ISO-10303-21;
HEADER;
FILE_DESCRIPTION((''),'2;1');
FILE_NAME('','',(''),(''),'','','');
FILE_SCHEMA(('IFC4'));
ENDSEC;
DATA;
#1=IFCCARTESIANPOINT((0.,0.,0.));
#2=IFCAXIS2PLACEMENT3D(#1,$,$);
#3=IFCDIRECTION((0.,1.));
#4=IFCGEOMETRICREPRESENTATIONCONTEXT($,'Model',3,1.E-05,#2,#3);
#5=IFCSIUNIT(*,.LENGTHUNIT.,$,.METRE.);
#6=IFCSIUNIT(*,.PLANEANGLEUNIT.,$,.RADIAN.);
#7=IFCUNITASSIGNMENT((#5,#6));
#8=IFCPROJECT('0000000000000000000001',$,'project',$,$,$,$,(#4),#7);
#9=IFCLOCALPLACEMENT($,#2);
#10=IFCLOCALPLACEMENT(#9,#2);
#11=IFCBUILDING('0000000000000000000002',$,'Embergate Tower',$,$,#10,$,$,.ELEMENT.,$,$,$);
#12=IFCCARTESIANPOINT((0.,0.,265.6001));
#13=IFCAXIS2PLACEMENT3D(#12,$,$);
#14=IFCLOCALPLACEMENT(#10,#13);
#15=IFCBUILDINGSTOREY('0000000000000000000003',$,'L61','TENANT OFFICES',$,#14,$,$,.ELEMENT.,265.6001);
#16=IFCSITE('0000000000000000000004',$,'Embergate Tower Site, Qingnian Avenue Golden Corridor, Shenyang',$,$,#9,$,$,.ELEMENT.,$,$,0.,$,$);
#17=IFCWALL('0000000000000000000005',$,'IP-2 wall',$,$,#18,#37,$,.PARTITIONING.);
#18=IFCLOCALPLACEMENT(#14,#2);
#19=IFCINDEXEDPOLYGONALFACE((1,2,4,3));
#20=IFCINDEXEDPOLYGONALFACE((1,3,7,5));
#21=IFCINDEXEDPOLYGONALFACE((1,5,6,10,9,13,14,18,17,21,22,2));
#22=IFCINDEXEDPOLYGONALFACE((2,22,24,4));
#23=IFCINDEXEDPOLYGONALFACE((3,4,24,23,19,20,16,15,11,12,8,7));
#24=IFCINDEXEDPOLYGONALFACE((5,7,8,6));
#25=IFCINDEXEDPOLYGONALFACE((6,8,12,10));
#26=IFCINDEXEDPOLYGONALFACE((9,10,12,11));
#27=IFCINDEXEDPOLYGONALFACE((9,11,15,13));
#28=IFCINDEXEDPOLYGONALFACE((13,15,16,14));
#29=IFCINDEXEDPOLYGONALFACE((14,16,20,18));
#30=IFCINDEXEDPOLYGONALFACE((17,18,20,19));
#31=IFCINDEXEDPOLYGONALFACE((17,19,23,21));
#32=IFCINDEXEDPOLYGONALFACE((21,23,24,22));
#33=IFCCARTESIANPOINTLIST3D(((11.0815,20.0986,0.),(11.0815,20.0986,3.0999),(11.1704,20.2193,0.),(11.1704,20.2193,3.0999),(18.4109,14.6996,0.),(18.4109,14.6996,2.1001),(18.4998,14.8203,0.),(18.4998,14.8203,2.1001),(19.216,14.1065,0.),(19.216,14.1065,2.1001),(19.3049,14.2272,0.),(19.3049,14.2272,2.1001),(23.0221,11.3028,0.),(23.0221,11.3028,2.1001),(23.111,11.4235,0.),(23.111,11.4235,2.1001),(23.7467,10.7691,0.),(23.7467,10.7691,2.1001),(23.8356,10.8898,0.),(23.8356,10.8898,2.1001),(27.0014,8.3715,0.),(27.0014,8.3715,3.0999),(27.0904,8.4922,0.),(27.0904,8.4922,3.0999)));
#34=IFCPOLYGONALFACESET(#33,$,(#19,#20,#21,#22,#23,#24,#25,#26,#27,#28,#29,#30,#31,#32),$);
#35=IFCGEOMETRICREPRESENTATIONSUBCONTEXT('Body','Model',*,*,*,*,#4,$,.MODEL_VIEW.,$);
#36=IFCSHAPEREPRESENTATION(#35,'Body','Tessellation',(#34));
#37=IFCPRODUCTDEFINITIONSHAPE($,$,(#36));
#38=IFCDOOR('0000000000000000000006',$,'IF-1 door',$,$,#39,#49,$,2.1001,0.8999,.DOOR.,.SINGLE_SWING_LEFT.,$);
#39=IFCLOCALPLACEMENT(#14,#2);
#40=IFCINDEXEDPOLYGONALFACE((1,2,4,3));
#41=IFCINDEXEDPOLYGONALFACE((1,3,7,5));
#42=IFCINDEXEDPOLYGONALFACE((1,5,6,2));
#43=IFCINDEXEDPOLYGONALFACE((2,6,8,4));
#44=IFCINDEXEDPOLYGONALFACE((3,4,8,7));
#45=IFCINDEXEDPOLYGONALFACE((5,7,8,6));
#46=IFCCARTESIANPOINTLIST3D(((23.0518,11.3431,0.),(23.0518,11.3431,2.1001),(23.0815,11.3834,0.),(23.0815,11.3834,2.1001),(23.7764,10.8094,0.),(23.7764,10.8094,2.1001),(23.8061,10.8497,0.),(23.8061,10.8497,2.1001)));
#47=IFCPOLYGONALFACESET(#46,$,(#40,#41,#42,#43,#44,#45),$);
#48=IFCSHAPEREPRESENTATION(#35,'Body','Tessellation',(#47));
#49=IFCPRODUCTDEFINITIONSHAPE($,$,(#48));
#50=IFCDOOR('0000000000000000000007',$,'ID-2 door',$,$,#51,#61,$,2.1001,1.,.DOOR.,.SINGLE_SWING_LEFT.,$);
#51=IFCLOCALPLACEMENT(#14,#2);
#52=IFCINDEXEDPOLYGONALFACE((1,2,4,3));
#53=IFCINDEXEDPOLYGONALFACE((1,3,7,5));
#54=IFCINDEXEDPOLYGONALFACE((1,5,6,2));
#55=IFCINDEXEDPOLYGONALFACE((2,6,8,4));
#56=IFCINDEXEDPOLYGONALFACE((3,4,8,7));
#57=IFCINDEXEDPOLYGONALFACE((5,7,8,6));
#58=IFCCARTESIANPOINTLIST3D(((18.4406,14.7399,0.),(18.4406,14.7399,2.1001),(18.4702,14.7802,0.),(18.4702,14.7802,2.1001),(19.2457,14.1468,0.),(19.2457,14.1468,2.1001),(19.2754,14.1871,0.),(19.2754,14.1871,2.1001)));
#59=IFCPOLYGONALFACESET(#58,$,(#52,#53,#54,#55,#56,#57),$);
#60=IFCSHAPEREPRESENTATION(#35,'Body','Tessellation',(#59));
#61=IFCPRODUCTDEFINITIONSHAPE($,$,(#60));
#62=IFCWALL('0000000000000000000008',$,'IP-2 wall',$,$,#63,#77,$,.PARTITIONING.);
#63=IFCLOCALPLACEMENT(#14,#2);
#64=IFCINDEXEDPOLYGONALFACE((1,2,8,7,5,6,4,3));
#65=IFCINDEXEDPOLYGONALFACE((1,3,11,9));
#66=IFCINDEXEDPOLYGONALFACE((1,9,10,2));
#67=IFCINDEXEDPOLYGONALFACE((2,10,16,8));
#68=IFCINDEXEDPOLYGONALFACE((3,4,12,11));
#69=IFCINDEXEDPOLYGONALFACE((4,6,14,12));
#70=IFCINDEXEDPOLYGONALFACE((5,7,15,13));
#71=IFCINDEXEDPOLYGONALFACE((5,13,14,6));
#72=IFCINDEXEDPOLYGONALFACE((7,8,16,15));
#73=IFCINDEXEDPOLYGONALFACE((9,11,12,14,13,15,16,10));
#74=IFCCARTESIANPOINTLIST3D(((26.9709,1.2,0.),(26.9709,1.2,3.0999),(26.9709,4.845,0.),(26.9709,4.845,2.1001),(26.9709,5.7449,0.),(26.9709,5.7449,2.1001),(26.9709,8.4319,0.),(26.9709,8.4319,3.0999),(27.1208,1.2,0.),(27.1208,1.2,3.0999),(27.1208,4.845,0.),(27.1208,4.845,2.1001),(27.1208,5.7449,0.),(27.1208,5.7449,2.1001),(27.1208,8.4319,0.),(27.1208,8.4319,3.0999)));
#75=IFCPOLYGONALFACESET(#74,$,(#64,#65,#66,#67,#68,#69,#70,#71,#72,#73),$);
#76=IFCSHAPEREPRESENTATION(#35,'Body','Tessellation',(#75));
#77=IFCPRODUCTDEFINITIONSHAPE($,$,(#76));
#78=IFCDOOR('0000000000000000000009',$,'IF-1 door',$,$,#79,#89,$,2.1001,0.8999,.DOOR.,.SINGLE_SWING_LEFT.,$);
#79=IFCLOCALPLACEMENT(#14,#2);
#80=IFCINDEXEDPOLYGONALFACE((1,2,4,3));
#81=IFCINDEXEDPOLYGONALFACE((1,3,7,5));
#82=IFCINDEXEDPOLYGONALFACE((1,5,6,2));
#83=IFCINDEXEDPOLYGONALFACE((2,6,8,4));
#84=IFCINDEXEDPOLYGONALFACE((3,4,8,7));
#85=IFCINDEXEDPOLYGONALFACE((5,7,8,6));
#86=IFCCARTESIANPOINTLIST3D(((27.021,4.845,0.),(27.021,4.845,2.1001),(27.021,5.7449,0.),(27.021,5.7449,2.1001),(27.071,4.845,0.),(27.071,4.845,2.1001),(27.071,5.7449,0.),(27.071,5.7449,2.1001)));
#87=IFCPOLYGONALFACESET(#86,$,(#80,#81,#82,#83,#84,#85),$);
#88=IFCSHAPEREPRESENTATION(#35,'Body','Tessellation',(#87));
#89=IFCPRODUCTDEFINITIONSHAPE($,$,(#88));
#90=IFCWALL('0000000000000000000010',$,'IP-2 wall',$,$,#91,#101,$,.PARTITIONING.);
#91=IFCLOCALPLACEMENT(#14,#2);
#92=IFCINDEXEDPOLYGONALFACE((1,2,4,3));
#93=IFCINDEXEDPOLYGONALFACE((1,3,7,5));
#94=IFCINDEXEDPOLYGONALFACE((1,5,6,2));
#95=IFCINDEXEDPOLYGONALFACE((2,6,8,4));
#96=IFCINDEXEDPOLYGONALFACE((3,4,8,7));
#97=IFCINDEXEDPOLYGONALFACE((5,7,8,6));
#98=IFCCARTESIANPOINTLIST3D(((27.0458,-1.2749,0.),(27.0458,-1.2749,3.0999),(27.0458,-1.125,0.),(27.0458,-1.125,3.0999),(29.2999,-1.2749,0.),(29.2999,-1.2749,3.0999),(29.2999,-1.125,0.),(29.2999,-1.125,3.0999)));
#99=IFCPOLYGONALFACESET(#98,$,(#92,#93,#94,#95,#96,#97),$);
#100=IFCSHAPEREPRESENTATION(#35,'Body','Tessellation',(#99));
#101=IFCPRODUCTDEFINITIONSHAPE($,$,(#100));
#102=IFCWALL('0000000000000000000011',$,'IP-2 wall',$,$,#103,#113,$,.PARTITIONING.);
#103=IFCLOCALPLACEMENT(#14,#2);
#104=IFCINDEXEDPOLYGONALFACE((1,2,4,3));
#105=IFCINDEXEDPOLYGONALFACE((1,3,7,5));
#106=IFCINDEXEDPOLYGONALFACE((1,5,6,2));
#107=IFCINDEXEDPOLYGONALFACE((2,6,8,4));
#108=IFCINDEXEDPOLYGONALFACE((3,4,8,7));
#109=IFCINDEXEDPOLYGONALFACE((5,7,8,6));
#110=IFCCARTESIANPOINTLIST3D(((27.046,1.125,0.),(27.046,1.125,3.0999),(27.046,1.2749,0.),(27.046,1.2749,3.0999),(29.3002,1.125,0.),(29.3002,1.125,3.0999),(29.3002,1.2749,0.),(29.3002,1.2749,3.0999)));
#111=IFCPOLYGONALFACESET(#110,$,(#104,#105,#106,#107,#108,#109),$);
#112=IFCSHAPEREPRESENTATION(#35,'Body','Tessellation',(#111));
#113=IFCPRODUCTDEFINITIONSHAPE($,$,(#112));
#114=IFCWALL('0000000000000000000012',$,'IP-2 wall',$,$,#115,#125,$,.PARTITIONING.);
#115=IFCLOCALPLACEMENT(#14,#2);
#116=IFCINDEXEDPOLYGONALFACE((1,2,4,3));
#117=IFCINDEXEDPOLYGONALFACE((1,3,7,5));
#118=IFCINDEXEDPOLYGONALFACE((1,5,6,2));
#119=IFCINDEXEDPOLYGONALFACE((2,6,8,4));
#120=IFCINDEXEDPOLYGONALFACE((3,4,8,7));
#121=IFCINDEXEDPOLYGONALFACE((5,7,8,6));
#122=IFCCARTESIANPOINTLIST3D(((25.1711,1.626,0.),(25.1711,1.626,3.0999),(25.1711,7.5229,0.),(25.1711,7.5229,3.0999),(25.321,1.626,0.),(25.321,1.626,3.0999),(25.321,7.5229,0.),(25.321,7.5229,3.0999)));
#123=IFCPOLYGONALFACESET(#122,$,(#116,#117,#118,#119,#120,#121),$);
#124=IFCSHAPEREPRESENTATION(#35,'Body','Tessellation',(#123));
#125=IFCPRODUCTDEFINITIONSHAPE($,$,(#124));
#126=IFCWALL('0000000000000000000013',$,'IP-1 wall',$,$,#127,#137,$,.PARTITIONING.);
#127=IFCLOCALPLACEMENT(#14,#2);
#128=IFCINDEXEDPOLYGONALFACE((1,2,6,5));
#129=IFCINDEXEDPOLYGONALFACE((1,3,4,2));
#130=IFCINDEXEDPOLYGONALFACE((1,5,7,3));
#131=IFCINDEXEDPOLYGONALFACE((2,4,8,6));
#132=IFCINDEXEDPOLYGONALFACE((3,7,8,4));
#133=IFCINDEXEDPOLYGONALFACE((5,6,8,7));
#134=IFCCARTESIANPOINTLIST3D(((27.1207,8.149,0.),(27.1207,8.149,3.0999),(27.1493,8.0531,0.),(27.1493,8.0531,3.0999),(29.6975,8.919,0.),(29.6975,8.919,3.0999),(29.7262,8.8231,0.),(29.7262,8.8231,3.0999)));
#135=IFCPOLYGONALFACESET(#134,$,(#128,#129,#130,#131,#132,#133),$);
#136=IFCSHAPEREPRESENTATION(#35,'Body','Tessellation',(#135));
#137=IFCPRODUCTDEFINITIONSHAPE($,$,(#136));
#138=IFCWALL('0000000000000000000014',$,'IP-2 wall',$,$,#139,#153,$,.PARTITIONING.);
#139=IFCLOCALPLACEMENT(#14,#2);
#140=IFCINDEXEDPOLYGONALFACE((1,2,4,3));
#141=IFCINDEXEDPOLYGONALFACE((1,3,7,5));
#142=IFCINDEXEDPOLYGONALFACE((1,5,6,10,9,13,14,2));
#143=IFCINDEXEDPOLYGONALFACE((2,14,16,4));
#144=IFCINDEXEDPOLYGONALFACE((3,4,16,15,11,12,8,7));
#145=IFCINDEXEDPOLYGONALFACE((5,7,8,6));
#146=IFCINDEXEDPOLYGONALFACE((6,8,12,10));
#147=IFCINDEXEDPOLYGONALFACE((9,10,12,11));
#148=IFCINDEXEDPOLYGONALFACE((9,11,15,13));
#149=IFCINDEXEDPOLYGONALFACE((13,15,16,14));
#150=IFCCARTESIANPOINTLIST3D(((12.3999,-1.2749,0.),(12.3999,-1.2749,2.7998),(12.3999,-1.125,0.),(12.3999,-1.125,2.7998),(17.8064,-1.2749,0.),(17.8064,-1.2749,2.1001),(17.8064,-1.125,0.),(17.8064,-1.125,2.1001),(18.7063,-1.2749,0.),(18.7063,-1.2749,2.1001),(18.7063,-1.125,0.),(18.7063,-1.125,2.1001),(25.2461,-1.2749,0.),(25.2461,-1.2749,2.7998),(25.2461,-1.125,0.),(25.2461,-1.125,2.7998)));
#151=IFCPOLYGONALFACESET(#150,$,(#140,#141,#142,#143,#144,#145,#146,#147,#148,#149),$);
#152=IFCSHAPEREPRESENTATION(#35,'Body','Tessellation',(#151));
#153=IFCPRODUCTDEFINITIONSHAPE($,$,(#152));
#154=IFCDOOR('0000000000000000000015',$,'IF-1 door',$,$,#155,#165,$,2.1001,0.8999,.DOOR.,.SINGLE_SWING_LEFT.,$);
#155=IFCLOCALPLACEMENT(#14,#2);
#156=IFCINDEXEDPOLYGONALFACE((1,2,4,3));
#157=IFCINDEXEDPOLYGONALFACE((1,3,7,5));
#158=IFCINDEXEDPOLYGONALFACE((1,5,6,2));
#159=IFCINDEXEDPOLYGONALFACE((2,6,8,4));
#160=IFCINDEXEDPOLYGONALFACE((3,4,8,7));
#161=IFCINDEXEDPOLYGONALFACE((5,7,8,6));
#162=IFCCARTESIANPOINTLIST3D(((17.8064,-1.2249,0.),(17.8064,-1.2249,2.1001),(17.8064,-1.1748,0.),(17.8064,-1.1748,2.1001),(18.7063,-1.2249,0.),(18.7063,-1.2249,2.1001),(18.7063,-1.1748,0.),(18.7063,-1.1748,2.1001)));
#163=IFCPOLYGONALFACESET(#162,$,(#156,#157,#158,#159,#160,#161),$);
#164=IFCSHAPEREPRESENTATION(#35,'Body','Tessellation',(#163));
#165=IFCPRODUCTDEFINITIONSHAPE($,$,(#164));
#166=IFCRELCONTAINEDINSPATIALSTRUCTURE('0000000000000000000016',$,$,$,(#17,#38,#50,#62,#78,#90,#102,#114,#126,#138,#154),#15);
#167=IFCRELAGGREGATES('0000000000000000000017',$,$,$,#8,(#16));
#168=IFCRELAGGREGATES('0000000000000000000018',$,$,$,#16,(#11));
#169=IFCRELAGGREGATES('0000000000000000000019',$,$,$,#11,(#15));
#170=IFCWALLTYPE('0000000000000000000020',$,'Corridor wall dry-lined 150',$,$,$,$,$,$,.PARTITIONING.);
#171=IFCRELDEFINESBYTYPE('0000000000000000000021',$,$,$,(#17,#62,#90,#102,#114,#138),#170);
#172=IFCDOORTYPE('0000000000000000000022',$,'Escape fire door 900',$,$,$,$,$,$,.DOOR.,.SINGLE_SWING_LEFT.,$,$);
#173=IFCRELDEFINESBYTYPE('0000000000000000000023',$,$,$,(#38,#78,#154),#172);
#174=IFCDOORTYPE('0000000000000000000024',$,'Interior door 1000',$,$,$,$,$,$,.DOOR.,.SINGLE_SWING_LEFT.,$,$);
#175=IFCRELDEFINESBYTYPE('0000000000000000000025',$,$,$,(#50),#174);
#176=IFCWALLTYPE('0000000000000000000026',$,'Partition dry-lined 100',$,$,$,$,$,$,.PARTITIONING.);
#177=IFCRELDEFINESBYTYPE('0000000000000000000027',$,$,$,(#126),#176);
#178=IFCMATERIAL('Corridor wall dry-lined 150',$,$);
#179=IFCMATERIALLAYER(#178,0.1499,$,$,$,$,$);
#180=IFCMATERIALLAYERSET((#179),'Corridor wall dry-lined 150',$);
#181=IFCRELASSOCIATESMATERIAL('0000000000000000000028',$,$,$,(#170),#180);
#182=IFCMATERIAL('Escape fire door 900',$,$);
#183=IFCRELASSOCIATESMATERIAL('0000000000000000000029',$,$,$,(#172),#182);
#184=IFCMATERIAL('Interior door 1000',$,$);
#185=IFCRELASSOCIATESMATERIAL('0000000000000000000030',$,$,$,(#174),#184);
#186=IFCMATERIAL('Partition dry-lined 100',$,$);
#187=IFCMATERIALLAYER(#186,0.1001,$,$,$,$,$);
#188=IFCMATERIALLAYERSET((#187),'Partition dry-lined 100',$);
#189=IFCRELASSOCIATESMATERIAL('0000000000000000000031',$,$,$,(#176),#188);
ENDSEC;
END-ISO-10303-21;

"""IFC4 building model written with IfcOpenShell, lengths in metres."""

from ifc_helpers import new_model, si_unit, direction, frame, frame_2d, origin, place, context, subcontext, project, spatial, rectangle, extrude, source, transform, mapped, material, layer, layer_set, type_object, element, fill, save


model = new_model("IFC4")

# Units and contexts
model_context = context("Model", 3, precision=1e-05, world=origin(), true_north=direction((0.0, 1.0)))
body_context = subcontext(model_context, "Body", "Model", "MODEL_VIEW")
ifc_project = project(units=[si_unit("LENGTHUNIT", "METRE"), si_unit("PLANEANGLEUNIT", "RADIAN")], contexts=[model_context])

# Site, building, storey
site_placement = place(None, origin())
site = spatial("IfcSite", under=ifc_project, at=site_placement, Name="Embergate Tower Site, Qingnian Avenue Golden Corridor, Shenyang", CompositionType="ELEMENT", RefElevation=0.0)
building_placement = place(site_placement, origin())
building = spatial("IfcBuilding", under=site, at=building_placement, Name="Embergate Tower", CompositionType="ELEMENT")
storey_placement = place(building_placement, frame((0.0, 0.0, 265.6001)))
storey = spatial("IfcBuildingStorey", under=building, at=storey_placement, Name="L61", Description="TENANT OFFICES", CompositionType="ELEMENT", Elevation=265.6001)

# Shared definitions
ifc_material_1 = material(Name="Corridor wall dry-lined 150")
ifc_layer_1 = layer(ifc_material_1, 0.1499)
ifc_layer_set_1 = layer_set([ifc_layer_1], Name="Corridor wall dry-lined 150")
wall_type_1 = type_object("IfcWallType", Name="Corridor wall dry-lined 150", PredefinedType="PARTITIONING", material=ifc_layer_set_1)

# Wall, openings, doors
shared_shape_1 = source(origin(), body_context, "Body", "SweptSolid", [
    extrude(rectangle(XDim=19.7729, YDim=0.1499, at=frame_2d((9.8865, 0.0))), origin(), (0.0, 0.0, 1.0), 3.0999),
])
wall_1_placement = place(storey_placement, frame((27.0459, 8.4319, 0.0), z_axis=(0.0, 0.0, 1.0), x_axis=(-0.805138, 0.593087, 0.0)))
wall_1 = element("IfcWall", 1, at=wall_1_placement, inside=storey, type_object=wall_type_1, Name="IP-2 wall", PredefinedType="PARTITIONING", context=body_context, shape_type="MappedRepresentation", body=[
    mapped(shared_shape_1, transform((0.0, 0.0, 0.0))),
])
shared_shape_2 = source(origin(), body_context, "Body", "SweptSolid", [
    extrude(rectangle(XDim=0.8999, YDim=2.1001, at=frame_2d((0.45, 1.05))), frame((0.0, 0.085, 0.0), z_axis=(0.0, -1.0, 0.0), x_axis=(1.0, 0.0, 0.0)), (0.0, 0.0, 1.0), 0.1699),
])
opening_1_placement = place(wall_1_placement, frame((4.0425, 0.0, 0.0)))
opening_1 = element("IfcOpeningElement", 2, at=opening_1_placement, cuts=wall_1, PredefinedType="OPENING", context=body_context, shape_type="MappedRepresentation", body=[
    mapped(shared_shape_2, transform((0.0, 0.0, 0.0))),
])
shared_shape_3 = source(origin(), body_context, "Body", "SweptSolid", [
    extrude(rectangle(XDim=1.0, YDim=2.1001, at=frame_2d((0.5, 1.05))), frame((0.0, 0.085, 0.0), z_axis=(0.0, -1.0, 0.0), x_axis=(1.0, 0.0, 0.0)), (0.0, 0.0, 1.0), 0.1699),
])
opening_2_placement = place(wall_1_placement, frame((9.6697, 0.0, 0.0)))
opening_2 = element("IfcOpeningElement", 3, at=opening_2_placement, cuts=wall_1, PredefinedType="OPENING", context=body_context, shape_type="MappedRepresentation", body=[
    mapped(shared_shape_3, transform((0.0, 0.0, 0.0))),
])
ifc_material_2 = material(Name="Escape fire door 900")
door_type_1 = type_object("IfcDoorType", Name="Escape fire door 900", OperationType="SINGLE_SWING_LEFT", PredefinedType="DOOR", material=ifc_material_2)
shared_shape_4 = source(origin(), body_context, "Body", "SweptSolid", [
    extrude(rectangle(XDim=0.8999, YDim=2.1001, at=frame_2d((0.45, 1.05))), frame((0.0, 0.0249, 0.0), z_axis=(0.0, -1.0, 0.0), x_axis=(1.0, 0.0, 0.0)), (0.0, 0.0, 1.0), 0.05),
])
door_1_placement = place(opening_1_placement, origin())
door_1 = element("IfcDoor", 4, at=door_1_placement, inside=storey, type_object=door_type_1, Name="IF-1 door", OperationType="SINGLE_SWING_LEFT", OverallHeight=2.1001, OverallWidth=0.8999, PredefinedType="DOOR", context=body_context, shape_type="MappedRepresentation", body=[
    mapped(shared_shape_4, transform((0.0, 0.0, 0.0))),
])
fill(opening_1, door_1)
ifc_material_3 = material(Name="Interior door 1000")
door_type_2 = type_object("IfcDoorType", Name="Interior door 1000", OperationType="SINGLE_SWING_LEFT", PredefinedType="DOOR", material=ifc_material_3)
shared_shape_5 = source(origin(), body_context, "Body", "SweptSolid", [
    extrude(rectangle(XDim=1.0, YDim=2.1001, at=frame_2d((0.5, 1.05))), frame((0.0, 0.0249, 0.0), z_axis=(0.0, -1.0, 0.0), x_axis=(1.0, 0.0, 0.0)), (0.0, 0.0, 1.0), 0.05),
])
door_2_placement = place(opening_2_placement, origin())
door_2 = element("IfcDoor", 5, at=door_2_placement, inside=storey, type_object=door_type_2, Name="ID-2 door", OperationType="SINGLE_SWING_LEFT", OverallHeight=2.1001, OverallWidth=1.0, PredefinedType="DOOR", context=body_context, shape_type="MappedRepresentation", body=[
    mapped(shared_shape_5, transform((0.0, 0.0, 0.0))),
])
fill(opening_2, door_2)

# Wall, opening, door
shared_shape_6 = source(origin(), body_context, "Body", "SweptSolid", [
    extrude(rectangle(XDim=7.2319, YDim=0.1499, at=frame_2d((3.616, 0.0))), origin(), (0.0, 0.0, 1.0), 3.0999),
])
wall_2_placement = place(storey_placement, frame((27.0459, 1.2, 0.0), z_axis=(0.0, 0.0, 1.0), x_axis=(0.0, 1.0, 0.0)))
wall_2 = element("IfcWall", 6, at=wall_2_placement, inside=storey, type_object=wall_type_1, Name="IP-2 wall", PredefinedType="PARTITIONING", context=body_context, shape_type="MappedRepresentation", body=[
    mapped(shared_shape_6, transform((0.0, 0.0, 0.0))),
])
opening_3_placement = place(wall_2_placement, frame((3.645, 0.0, 0.0)))
opening_3 = element("IfcOpeningElement", 7, at=opening_3_placement, cuts=wall_2, PredefinedType="OPENING", context=body_context, shape_type="MappedRepresentation", body=[
    mapped(shared_shape_2, transform((0.0, 0.0, 0.0))),
])
door_3_placement = place(opening_3_placement, origin())
door_3 = element("IfcDoor", 8, at=door_3_placement, inside=storey, type_object=door_type_1, Name="IF-1 door", OperationType="SINGLE_SWING_LEFT", OverallHeight=2.1001, OverallWidth=0.8999, PredefinedType="DOOR", context=body_context, shape_type="MappedRepresentation", body=[
    mapped(shared_shape_4, transform((0.0, 0.0, 0.0))),
])
fill(opening_3, door_3)

# Walls
shared_shape_7 = source(origin(), body_context, "Body", "SweptSolid", [
    extrude(rectangle(XDim=2.2542, YDim=0.1499, at=frame_2d((1.127, 0.0))), origin(), (0.0, 0.0, 1.0), 3.0999),
])
for number, where, z_axis, x_axis, name in (
    (9, (27.0459, -1.2, 0.0), (0.0, 0.0, 1.0), (1.0, 0.0, 0.0), "IP-2 wall"),
    (10, (29.3, 1.2, 0.0), (0.0, 0.0, 1.0), (-1.0, 0.0, 0.0), "IP-2 wall"),
):
    element("IfcWall", number, at=place(storey_placement, frame(where, z_axis=z_axis, x_axis=x_axis)), inside=storey, type_object=wall_type_1, Name=name, PredefinedType="PARTITIONING", context=body_context, shape_type="MappedRepresentation", body=[
        mapped(shared_shape_7, transform((0.0, 0.0, 0.0))),
    ])
shared_shape_8 = source(origin(), body_context, "Body", "SweptSolid", [
    extrude(rectangle(XDim=5.897, YDim=0.1499, at=frame_2d((2.9485, 0.0))), origin(), (0.0, 0.0, 1.0), 3.0999),
])
wall_3_placement = place(storey_placement, frame((25.2461, 7.5229, 0.0), z_axis=(0.0, 0.0, 1.0), x_axis=(0.0, -1.0, 0.0)))
element("IfcWall", 11, at=wall_3_placement, inside=storey, type_object=wall_type_1, Name="IP-2 wall", PredefinedType="PARTITIONING", context=body_context, shape_type="MappedRepresentation", body=[
    mapped(shared_shape_8, transform((0.0, 0.0, 0.0))),
])
ifc_material_4 = material(Name="Partition dry-lined 100")
ifc_layer_2 = layer(ifc_material_4, 0.1001)
ifc_layer_set_2 = layer_set([ifc_layer_2], Name="Partition dry-lined 100")
wall_type_2 = type_object("IfcWallType", Name="Partition dry-lined 100", PredefinedType="PARTITIONING", material=ifc_layer_set_2)
shared_shape_9 = source(origin(), body_context, "Body", "SweptSolid", [
    extrude(rectangle(XDim=2.6895, YDim=0.1001, at=frame_2d((1.3447, 0.0))), origin(), (0.0, 0.0, 1.0), 3.0999),
])
wall_4_placement = place(storey_placement, frame((27.135, 8.1011, 0.0), z_axis=(0.0, 0.0, 1.0), x_axis=(0.958138, 0.286307, 0.0)))
element("IfcWall", 12, at=wall_4_placement, inside=storey, type_object=wall_type_2, Name="IP-1 wall", PredefinedType="PARTITIONING", context=body_context, shape_type="MappedRepresentation", body=[
    mapped(shared_shape_9, transform((0.0, 0.0, 0.0))),
])

# Wall, opening, door
shared_shape_10 = source(origin(), body_context, "Body", "SweptSolid", [
    extrude(rectangle(XDim=12.8462, YDim=0.1499, at=frame_2d((6.4231, 0.0))), origin(), (0.0, 0.0, 1.0), 2.7998),
])
wall_5_placement = place(storey_placement, frame((25.2461, -1.2, 0.0), z_axis=(0.0, 0.0, 1.0), x_axis=(-1.0, 0.0, 0.0)))
wall_5 = element("IfcWall", 13, at=wall_5_placement, inside=storey, type_object=wall_type_1, Name="IP-2 wall", PredefinedType="PARTITIONING", context=body_context, shape_type="MappedRepresentation", body=[
    mapped(shared_shape_10, transform((0.0, 0.0, 0.0))),
])
opening_4_placement = place(wall_5_placement, frame((6.5398, 0.0, 0.0)))
opening_4 = element("IfcOpeningElement", 14, at=opening_4_placement, cuts=wall_5, PredefinedType="OPENING", context=body_context, shape_type="MappedRepresentation", body=[
    mapped(shared_shape_2, transform((0.0, 0.0, 0.0))),
])
door_4_placement = place(opening_4_placement, origin())
door_4 = element("IfcDoor", 15, at=door_4_placement, inside=storey, type_object=door_type_1, Name="IF-1 door", OperationType="SINGLE_SWING_LEFT", OverallHeight=2.1001, OverallWidth=0.8999, PredefinedType="DOOR", context=body_context, shape_type="MappedRepresentation", body=[
    mapped(shared_shape_4, transform((0.0, 0.0, 0.0))),
])
fill(opening_4, door_4)

save(model, "model.ifc")
